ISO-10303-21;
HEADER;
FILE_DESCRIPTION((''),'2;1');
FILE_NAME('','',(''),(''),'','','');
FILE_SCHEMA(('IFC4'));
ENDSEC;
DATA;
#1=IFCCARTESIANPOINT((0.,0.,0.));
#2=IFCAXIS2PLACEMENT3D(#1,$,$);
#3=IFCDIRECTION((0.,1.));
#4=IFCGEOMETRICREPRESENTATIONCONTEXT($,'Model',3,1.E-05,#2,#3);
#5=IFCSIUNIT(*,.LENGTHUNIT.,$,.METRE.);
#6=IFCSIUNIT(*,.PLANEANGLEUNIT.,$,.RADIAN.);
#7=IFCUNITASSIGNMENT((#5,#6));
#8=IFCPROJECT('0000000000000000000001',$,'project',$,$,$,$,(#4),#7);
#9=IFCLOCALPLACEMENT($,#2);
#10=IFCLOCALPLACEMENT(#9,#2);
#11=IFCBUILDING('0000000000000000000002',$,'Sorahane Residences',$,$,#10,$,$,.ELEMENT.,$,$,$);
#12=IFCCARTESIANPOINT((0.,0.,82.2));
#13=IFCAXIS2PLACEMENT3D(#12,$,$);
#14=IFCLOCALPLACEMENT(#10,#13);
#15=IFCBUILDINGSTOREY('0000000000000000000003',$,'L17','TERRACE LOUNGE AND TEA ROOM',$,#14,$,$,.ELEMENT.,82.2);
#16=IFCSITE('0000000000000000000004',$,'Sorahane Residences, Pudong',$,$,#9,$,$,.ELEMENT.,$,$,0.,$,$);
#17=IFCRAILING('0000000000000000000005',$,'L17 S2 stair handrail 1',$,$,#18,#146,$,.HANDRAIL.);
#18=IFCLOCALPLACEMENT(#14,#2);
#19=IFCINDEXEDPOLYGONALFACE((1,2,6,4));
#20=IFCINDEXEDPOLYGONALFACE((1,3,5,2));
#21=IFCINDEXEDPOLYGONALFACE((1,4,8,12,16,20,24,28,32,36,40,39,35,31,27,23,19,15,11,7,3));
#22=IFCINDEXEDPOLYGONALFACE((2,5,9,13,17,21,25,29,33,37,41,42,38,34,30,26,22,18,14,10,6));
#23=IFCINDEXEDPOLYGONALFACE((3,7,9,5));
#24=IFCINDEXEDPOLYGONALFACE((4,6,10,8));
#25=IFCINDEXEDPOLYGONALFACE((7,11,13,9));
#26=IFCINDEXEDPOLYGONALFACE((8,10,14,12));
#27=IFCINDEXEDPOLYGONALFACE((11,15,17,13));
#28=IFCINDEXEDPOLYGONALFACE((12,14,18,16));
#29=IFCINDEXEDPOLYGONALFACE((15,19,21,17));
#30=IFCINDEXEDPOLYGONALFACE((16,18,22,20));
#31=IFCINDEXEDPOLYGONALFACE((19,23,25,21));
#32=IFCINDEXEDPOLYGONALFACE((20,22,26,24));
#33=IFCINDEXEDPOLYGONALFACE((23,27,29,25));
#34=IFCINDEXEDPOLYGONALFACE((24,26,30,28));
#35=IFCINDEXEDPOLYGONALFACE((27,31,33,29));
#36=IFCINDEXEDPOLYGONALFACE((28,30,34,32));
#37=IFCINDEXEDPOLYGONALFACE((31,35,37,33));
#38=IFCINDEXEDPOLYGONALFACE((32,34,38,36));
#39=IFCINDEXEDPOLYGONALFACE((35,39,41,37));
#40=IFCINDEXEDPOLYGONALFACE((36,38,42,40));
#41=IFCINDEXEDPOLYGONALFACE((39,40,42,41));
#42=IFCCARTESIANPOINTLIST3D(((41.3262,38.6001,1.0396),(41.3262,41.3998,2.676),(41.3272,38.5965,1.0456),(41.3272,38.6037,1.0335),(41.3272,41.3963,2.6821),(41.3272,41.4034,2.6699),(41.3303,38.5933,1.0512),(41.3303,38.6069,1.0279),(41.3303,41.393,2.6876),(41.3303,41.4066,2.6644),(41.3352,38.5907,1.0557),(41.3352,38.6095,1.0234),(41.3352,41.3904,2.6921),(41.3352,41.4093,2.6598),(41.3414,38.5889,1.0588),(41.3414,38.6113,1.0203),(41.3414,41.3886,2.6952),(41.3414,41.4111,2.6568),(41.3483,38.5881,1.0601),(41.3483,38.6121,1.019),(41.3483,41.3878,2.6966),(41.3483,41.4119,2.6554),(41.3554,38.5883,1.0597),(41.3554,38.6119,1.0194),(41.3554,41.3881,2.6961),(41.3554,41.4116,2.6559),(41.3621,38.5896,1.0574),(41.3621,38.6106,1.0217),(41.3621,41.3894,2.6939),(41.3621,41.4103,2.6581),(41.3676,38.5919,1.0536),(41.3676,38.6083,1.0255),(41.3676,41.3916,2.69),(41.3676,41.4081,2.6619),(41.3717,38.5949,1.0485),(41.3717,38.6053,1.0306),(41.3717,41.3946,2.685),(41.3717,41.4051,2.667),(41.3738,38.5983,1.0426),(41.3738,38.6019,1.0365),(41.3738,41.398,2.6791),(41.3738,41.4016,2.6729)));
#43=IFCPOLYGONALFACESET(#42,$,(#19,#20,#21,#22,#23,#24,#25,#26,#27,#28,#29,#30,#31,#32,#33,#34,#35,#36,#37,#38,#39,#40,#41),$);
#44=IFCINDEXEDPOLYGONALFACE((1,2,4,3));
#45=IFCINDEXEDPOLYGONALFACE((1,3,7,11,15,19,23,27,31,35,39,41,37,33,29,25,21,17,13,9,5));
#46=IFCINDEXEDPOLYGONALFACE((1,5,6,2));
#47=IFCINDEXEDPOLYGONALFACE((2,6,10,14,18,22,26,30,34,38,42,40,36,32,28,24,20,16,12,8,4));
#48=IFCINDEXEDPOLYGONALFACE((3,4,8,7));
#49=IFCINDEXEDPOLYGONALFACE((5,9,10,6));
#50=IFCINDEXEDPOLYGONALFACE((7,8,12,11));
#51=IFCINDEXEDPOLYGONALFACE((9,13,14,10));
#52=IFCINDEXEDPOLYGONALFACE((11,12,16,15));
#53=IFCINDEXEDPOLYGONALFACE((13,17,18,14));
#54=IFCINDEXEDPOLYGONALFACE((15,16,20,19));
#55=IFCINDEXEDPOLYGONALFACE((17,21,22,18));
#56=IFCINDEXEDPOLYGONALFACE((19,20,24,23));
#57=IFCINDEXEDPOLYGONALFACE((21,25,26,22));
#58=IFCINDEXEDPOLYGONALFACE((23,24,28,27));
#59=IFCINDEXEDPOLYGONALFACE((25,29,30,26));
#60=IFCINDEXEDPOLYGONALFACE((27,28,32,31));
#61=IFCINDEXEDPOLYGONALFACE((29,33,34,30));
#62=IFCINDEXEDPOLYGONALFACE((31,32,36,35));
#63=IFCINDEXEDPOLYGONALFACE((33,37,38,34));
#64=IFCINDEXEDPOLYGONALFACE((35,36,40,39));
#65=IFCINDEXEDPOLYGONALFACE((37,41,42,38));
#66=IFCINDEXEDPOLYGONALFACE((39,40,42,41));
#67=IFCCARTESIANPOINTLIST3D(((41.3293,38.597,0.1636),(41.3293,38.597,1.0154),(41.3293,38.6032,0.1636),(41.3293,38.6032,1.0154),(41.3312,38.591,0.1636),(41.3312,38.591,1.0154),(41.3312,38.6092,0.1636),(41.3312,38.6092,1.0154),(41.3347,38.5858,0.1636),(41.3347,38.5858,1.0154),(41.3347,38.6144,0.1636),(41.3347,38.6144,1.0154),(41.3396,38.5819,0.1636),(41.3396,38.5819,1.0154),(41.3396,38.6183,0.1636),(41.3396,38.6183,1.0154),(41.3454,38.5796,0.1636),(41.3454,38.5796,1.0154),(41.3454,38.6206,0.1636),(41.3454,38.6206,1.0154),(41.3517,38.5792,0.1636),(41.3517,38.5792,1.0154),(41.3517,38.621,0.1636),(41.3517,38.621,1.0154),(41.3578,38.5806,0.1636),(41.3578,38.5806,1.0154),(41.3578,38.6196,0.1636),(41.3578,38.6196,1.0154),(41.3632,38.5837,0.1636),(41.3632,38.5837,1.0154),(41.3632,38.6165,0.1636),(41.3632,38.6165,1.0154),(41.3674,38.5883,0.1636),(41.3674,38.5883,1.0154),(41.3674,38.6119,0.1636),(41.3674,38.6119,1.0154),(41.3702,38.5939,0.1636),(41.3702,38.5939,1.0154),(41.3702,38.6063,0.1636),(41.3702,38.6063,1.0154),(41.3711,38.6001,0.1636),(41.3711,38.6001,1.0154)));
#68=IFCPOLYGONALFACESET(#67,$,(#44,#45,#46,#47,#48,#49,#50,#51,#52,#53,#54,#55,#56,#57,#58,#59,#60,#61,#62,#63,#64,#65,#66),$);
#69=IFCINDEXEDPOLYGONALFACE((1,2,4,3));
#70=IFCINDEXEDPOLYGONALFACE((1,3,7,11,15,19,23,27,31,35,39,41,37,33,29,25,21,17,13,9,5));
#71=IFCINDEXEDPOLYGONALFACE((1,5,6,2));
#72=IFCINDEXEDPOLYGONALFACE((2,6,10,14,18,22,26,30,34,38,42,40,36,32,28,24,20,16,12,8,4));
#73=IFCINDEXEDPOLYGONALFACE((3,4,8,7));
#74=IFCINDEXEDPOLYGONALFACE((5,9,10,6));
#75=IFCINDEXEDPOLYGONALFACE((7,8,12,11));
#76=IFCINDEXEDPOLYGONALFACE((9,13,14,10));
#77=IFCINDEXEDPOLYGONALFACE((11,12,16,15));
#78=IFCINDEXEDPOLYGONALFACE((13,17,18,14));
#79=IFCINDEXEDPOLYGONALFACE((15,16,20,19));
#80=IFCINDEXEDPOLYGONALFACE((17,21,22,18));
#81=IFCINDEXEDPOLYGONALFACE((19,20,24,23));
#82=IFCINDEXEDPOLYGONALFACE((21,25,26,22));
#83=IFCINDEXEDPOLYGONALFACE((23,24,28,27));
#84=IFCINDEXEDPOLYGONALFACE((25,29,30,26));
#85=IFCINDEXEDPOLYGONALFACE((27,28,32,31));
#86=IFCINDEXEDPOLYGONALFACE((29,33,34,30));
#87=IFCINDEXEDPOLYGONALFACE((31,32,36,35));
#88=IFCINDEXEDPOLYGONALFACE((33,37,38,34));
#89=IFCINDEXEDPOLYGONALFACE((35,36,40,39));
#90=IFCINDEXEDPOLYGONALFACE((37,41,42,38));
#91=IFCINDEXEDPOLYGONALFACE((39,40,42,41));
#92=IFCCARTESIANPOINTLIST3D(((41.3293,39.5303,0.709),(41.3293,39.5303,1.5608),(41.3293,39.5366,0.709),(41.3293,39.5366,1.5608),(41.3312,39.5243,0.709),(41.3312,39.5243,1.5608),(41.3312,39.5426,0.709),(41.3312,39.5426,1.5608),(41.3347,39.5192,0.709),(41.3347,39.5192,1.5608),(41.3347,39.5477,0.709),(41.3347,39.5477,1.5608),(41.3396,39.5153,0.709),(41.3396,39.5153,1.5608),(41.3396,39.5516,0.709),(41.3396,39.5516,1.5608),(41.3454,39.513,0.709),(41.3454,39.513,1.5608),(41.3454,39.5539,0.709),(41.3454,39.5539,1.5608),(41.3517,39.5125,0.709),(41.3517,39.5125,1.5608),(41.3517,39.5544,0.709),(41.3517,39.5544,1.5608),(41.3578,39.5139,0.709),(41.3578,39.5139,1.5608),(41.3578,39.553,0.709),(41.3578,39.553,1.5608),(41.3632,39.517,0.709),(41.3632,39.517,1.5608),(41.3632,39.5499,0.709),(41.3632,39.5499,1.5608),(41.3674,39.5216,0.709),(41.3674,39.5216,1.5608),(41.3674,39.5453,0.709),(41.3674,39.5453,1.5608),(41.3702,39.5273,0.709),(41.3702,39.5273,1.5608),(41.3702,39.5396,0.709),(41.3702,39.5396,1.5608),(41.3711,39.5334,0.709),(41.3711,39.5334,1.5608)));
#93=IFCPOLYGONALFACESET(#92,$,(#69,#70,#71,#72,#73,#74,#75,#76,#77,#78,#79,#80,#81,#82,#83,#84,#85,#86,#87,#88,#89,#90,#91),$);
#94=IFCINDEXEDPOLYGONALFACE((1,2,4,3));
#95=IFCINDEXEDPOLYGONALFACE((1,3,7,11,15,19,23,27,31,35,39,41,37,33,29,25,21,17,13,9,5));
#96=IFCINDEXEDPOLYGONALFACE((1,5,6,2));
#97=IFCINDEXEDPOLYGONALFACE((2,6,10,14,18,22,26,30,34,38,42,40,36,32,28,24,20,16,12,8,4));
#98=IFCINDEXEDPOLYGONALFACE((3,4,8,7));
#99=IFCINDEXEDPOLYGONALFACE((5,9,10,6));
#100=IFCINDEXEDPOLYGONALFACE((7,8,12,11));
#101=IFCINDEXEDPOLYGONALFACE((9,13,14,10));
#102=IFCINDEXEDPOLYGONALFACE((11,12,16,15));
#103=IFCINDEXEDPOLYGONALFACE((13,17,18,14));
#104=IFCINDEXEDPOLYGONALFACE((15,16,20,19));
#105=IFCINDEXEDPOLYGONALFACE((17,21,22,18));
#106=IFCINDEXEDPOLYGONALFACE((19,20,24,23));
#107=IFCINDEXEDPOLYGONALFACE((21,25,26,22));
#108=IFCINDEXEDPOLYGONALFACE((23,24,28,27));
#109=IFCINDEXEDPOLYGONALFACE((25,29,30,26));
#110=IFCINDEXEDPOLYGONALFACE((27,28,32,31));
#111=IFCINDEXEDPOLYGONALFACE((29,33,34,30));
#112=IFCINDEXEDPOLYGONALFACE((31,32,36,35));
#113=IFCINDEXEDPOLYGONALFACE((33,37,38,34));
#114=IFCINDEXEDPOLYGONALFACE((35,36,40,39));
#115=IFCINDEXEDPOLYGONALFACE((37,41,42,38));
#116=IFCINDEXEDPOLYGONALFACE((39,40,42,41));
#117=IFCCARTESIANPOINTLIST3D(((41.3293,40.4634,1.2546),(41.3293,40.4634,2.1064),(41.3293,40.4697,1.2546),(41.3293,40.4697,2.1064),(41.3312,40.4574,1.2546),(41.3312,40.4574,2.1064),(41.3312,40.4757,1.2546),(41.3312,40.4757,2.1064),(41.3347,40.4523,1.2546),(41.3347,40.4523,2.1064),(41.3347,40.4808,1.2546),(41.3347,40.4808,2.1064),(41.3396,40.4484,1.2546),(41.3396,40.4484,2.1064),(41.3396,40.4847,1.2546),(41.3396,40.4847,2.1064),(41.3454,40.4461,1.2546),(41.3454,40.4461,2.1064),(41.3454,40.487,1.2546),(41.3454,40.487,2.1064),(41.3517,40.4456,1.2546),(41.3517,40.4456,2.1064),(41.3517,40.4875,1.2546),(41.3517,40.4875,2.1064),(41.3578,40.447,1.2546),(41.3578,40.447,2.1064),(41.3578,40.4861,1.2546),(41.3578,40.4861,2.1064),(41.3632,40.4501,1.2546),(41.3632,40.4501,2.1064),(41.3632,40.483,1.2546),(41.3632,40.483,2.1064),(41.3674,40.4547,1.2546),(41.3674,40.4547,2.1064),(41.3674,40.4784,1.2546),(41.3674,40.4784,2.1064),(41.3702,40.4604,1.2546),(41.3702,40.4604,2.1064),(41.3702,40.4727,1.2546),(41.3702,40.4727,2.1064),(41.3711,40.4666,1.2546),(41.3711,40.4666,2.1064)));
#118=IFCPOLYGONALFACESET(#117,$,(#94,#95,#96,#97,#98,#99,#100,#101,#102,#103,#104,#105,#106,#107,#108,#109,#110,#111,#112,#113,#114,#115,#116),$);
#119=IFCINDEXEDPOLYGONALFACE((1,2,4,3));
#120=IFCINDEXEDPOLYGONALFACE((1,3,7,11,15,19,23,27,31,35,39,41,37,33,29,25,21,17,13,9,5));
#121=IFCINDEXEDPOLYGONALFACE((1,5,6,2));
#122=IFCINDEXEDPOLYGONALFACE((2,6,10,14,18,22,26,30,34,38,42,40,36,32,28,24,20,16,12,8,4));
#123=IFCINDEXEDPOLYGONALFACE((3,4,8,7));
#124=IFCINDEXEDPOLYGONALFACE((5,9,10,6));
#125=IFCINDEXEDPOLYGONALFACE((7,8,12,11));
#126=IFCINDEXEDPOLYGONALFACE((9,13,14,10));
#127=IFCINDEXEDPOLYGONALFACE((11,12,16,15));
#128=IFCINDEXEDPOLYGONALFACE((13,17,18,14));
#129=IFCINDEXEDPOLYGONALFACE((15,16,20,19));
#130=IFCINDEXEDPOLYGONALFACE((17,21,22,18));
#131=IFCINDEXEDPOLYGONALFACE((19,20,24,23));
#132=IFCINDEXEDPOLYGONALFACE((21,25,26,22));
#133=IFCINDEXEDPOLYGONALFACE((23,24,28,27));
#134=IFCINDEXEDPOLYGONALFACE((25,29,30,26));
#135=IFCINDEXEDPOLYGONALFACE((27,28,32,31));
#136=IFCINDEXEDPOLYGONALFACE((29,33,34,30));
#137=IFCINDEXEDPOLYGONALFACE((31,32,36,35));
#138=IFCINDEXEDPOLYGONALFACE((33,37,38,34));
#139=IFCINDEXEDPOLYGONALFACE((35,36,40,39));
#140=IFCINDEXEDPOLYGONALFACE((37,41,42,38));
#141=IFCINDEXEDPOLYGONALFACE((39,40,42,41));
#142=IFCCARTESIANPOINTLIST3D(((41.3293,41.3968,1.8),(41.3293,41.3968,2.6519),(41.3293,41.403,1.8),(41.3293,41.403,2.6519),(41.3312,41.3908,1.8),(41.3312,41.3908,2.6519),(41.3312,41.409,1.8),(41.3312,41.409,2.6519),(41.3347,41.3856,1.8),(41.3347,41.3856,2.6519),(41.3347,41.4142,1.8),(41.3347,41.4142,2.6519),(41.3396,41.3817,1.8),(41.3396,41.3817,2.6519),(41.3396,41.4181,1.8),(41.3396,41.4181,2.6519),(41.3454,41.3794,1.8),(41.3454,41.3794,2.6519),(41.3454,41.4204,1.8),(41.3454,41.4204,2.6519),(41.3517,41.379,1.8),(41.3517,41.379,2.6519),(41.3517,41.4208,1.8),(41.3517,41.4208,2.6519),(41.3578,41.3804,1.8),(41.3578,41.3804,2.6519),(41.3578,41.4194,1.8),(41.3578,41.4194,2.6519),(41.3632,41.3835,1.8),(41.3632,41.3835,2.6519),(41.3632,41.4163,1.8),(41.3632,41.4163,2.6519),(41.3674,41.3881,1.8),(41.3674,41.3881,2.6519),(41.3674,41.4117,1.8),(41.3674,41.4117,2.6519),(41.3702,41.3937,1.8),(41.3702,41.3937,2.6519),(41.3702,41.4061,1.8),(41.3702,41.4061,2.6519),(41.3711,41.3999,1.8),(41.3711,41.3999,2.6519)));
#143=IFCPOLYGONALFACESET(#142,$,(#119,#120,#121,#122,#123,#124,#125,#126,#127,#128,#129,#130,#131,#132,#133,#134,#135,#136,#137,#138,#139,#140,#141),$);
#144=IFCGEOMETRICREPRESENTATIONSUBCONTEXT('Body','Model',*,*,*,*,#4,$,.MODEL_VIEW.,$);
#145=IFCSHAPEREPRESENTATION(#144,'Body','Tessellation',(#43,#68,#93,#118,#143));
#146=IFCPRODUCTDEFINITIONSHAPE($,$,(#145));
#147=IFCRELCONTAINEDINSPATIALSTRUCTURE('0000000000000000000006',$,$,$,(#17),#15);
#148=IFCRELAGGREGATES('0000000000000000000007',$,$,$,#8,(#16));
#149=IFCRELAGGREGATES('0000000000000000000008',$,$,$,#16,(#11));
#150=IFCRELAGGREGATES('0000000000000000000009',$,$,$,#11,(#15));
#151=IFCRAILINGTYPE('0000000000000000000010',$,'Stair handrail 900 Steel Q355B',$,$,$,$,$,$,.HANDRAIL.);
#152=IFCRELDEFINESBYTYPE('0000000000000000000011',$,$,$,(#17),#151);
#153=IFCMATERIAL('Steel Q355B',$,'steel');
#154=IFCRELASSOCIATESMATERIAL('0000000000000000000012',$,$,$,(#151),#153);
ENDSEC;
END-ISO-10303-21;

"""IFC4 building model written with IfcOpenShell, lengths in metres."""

from ifc_helpers import new_model, si_unit, direction, frame, origin, origin_2d, place, context, subcontext, project, spatial, circle, extrude, material, type_object, element, save


model = new_model("IFC4")

# Units and contexts
model_context = context("Model", 3, precision=1e-05, world=origin(), true_north=direction((0.0, 1.0)))
body_context = subcontext(model_context, "Body", "Model", "MODEL_VIEW")
ifc_project = project(units=[si_unit("LENGTHUNIT", "METRE"), si_unit("PLANEANGLEUNIT", "RADIAN")], contexts=[model_context])

# Site, building, storey
site_placement = place(None, origin())
site = spatial("IfcSite", under=ifc_project, at=site_placement, Name="Sorahane Residences, Pudong", CompositionType="ELEMENT", RefElevation=0.0)
building_placement = place(site_placement, origin())
building = spatial("IfcBuilding", under=site, at=building_placement, Name="Sorahane Residences", CompositionType="ELEMENT")
storey_placement = place(building_placement, frame((0.0, 0.0, 82.2)))
storey = spatial("IfcBuildingStorey", under=building, at=storey_placement, Name="L17", Description="TERRACE LOUNGE AND TEA ROOM", CompositionType="ELEMENT", Elevation=82.2)

# Railing
ifc_material_1 = material(Name="Steel Q355B", Category="steel")
railing_type_1 = type_object("IfcRailingType", Name="Stair handrail 900 Steel Q355B", PredefinedType="HANDRAIL", material=ifc_material_1)
railing_1_placement = place(storey_placement, frame((41.3501, 38.6001, 0.1636)))
element("IfcRailing", 1, at=railing_1_placement, inside=storey, type_object=railing_type_1, Name="L17 S2 stair handrail 1", PredefinedType="HANDRAIL", context=body_context, shape_type="SweptSolid", body=[
    extrude(circle(Radius=0.0239, at=origin_2d()), frame((0.0, 0.0, 0.876), z_axis=(0.0, 0.863342, 0.50462), x_axis=(-1.0, 0.0, 0.0)), (0.0, 0.0, 1.0), 3.2429),
    extrude(circle(Radius=0.021, at=origin_2d()), origin(), (0.0, 0.0, 1.0), 0.8518),
    extrude(circle(Radius=0.021, at=origin_2d()), frame((0.0, 0.9333, 0.5454)), (0.0, 0.0, 1.0), 0.8518),
    extrude(circle(Radius=0.021, at=origin_2d()), frame((0.0, 1.8665, 1.0911)), (0.0, 0.0, 1.0), 0.8518),
    extrude(circle(Radius=0.021, at=origin_2d()), frame((0.0, 2.7998, 1.6365)), (0.0, 0.0, 1.0), 0.8518),
])

save(model, "model.ifc")
